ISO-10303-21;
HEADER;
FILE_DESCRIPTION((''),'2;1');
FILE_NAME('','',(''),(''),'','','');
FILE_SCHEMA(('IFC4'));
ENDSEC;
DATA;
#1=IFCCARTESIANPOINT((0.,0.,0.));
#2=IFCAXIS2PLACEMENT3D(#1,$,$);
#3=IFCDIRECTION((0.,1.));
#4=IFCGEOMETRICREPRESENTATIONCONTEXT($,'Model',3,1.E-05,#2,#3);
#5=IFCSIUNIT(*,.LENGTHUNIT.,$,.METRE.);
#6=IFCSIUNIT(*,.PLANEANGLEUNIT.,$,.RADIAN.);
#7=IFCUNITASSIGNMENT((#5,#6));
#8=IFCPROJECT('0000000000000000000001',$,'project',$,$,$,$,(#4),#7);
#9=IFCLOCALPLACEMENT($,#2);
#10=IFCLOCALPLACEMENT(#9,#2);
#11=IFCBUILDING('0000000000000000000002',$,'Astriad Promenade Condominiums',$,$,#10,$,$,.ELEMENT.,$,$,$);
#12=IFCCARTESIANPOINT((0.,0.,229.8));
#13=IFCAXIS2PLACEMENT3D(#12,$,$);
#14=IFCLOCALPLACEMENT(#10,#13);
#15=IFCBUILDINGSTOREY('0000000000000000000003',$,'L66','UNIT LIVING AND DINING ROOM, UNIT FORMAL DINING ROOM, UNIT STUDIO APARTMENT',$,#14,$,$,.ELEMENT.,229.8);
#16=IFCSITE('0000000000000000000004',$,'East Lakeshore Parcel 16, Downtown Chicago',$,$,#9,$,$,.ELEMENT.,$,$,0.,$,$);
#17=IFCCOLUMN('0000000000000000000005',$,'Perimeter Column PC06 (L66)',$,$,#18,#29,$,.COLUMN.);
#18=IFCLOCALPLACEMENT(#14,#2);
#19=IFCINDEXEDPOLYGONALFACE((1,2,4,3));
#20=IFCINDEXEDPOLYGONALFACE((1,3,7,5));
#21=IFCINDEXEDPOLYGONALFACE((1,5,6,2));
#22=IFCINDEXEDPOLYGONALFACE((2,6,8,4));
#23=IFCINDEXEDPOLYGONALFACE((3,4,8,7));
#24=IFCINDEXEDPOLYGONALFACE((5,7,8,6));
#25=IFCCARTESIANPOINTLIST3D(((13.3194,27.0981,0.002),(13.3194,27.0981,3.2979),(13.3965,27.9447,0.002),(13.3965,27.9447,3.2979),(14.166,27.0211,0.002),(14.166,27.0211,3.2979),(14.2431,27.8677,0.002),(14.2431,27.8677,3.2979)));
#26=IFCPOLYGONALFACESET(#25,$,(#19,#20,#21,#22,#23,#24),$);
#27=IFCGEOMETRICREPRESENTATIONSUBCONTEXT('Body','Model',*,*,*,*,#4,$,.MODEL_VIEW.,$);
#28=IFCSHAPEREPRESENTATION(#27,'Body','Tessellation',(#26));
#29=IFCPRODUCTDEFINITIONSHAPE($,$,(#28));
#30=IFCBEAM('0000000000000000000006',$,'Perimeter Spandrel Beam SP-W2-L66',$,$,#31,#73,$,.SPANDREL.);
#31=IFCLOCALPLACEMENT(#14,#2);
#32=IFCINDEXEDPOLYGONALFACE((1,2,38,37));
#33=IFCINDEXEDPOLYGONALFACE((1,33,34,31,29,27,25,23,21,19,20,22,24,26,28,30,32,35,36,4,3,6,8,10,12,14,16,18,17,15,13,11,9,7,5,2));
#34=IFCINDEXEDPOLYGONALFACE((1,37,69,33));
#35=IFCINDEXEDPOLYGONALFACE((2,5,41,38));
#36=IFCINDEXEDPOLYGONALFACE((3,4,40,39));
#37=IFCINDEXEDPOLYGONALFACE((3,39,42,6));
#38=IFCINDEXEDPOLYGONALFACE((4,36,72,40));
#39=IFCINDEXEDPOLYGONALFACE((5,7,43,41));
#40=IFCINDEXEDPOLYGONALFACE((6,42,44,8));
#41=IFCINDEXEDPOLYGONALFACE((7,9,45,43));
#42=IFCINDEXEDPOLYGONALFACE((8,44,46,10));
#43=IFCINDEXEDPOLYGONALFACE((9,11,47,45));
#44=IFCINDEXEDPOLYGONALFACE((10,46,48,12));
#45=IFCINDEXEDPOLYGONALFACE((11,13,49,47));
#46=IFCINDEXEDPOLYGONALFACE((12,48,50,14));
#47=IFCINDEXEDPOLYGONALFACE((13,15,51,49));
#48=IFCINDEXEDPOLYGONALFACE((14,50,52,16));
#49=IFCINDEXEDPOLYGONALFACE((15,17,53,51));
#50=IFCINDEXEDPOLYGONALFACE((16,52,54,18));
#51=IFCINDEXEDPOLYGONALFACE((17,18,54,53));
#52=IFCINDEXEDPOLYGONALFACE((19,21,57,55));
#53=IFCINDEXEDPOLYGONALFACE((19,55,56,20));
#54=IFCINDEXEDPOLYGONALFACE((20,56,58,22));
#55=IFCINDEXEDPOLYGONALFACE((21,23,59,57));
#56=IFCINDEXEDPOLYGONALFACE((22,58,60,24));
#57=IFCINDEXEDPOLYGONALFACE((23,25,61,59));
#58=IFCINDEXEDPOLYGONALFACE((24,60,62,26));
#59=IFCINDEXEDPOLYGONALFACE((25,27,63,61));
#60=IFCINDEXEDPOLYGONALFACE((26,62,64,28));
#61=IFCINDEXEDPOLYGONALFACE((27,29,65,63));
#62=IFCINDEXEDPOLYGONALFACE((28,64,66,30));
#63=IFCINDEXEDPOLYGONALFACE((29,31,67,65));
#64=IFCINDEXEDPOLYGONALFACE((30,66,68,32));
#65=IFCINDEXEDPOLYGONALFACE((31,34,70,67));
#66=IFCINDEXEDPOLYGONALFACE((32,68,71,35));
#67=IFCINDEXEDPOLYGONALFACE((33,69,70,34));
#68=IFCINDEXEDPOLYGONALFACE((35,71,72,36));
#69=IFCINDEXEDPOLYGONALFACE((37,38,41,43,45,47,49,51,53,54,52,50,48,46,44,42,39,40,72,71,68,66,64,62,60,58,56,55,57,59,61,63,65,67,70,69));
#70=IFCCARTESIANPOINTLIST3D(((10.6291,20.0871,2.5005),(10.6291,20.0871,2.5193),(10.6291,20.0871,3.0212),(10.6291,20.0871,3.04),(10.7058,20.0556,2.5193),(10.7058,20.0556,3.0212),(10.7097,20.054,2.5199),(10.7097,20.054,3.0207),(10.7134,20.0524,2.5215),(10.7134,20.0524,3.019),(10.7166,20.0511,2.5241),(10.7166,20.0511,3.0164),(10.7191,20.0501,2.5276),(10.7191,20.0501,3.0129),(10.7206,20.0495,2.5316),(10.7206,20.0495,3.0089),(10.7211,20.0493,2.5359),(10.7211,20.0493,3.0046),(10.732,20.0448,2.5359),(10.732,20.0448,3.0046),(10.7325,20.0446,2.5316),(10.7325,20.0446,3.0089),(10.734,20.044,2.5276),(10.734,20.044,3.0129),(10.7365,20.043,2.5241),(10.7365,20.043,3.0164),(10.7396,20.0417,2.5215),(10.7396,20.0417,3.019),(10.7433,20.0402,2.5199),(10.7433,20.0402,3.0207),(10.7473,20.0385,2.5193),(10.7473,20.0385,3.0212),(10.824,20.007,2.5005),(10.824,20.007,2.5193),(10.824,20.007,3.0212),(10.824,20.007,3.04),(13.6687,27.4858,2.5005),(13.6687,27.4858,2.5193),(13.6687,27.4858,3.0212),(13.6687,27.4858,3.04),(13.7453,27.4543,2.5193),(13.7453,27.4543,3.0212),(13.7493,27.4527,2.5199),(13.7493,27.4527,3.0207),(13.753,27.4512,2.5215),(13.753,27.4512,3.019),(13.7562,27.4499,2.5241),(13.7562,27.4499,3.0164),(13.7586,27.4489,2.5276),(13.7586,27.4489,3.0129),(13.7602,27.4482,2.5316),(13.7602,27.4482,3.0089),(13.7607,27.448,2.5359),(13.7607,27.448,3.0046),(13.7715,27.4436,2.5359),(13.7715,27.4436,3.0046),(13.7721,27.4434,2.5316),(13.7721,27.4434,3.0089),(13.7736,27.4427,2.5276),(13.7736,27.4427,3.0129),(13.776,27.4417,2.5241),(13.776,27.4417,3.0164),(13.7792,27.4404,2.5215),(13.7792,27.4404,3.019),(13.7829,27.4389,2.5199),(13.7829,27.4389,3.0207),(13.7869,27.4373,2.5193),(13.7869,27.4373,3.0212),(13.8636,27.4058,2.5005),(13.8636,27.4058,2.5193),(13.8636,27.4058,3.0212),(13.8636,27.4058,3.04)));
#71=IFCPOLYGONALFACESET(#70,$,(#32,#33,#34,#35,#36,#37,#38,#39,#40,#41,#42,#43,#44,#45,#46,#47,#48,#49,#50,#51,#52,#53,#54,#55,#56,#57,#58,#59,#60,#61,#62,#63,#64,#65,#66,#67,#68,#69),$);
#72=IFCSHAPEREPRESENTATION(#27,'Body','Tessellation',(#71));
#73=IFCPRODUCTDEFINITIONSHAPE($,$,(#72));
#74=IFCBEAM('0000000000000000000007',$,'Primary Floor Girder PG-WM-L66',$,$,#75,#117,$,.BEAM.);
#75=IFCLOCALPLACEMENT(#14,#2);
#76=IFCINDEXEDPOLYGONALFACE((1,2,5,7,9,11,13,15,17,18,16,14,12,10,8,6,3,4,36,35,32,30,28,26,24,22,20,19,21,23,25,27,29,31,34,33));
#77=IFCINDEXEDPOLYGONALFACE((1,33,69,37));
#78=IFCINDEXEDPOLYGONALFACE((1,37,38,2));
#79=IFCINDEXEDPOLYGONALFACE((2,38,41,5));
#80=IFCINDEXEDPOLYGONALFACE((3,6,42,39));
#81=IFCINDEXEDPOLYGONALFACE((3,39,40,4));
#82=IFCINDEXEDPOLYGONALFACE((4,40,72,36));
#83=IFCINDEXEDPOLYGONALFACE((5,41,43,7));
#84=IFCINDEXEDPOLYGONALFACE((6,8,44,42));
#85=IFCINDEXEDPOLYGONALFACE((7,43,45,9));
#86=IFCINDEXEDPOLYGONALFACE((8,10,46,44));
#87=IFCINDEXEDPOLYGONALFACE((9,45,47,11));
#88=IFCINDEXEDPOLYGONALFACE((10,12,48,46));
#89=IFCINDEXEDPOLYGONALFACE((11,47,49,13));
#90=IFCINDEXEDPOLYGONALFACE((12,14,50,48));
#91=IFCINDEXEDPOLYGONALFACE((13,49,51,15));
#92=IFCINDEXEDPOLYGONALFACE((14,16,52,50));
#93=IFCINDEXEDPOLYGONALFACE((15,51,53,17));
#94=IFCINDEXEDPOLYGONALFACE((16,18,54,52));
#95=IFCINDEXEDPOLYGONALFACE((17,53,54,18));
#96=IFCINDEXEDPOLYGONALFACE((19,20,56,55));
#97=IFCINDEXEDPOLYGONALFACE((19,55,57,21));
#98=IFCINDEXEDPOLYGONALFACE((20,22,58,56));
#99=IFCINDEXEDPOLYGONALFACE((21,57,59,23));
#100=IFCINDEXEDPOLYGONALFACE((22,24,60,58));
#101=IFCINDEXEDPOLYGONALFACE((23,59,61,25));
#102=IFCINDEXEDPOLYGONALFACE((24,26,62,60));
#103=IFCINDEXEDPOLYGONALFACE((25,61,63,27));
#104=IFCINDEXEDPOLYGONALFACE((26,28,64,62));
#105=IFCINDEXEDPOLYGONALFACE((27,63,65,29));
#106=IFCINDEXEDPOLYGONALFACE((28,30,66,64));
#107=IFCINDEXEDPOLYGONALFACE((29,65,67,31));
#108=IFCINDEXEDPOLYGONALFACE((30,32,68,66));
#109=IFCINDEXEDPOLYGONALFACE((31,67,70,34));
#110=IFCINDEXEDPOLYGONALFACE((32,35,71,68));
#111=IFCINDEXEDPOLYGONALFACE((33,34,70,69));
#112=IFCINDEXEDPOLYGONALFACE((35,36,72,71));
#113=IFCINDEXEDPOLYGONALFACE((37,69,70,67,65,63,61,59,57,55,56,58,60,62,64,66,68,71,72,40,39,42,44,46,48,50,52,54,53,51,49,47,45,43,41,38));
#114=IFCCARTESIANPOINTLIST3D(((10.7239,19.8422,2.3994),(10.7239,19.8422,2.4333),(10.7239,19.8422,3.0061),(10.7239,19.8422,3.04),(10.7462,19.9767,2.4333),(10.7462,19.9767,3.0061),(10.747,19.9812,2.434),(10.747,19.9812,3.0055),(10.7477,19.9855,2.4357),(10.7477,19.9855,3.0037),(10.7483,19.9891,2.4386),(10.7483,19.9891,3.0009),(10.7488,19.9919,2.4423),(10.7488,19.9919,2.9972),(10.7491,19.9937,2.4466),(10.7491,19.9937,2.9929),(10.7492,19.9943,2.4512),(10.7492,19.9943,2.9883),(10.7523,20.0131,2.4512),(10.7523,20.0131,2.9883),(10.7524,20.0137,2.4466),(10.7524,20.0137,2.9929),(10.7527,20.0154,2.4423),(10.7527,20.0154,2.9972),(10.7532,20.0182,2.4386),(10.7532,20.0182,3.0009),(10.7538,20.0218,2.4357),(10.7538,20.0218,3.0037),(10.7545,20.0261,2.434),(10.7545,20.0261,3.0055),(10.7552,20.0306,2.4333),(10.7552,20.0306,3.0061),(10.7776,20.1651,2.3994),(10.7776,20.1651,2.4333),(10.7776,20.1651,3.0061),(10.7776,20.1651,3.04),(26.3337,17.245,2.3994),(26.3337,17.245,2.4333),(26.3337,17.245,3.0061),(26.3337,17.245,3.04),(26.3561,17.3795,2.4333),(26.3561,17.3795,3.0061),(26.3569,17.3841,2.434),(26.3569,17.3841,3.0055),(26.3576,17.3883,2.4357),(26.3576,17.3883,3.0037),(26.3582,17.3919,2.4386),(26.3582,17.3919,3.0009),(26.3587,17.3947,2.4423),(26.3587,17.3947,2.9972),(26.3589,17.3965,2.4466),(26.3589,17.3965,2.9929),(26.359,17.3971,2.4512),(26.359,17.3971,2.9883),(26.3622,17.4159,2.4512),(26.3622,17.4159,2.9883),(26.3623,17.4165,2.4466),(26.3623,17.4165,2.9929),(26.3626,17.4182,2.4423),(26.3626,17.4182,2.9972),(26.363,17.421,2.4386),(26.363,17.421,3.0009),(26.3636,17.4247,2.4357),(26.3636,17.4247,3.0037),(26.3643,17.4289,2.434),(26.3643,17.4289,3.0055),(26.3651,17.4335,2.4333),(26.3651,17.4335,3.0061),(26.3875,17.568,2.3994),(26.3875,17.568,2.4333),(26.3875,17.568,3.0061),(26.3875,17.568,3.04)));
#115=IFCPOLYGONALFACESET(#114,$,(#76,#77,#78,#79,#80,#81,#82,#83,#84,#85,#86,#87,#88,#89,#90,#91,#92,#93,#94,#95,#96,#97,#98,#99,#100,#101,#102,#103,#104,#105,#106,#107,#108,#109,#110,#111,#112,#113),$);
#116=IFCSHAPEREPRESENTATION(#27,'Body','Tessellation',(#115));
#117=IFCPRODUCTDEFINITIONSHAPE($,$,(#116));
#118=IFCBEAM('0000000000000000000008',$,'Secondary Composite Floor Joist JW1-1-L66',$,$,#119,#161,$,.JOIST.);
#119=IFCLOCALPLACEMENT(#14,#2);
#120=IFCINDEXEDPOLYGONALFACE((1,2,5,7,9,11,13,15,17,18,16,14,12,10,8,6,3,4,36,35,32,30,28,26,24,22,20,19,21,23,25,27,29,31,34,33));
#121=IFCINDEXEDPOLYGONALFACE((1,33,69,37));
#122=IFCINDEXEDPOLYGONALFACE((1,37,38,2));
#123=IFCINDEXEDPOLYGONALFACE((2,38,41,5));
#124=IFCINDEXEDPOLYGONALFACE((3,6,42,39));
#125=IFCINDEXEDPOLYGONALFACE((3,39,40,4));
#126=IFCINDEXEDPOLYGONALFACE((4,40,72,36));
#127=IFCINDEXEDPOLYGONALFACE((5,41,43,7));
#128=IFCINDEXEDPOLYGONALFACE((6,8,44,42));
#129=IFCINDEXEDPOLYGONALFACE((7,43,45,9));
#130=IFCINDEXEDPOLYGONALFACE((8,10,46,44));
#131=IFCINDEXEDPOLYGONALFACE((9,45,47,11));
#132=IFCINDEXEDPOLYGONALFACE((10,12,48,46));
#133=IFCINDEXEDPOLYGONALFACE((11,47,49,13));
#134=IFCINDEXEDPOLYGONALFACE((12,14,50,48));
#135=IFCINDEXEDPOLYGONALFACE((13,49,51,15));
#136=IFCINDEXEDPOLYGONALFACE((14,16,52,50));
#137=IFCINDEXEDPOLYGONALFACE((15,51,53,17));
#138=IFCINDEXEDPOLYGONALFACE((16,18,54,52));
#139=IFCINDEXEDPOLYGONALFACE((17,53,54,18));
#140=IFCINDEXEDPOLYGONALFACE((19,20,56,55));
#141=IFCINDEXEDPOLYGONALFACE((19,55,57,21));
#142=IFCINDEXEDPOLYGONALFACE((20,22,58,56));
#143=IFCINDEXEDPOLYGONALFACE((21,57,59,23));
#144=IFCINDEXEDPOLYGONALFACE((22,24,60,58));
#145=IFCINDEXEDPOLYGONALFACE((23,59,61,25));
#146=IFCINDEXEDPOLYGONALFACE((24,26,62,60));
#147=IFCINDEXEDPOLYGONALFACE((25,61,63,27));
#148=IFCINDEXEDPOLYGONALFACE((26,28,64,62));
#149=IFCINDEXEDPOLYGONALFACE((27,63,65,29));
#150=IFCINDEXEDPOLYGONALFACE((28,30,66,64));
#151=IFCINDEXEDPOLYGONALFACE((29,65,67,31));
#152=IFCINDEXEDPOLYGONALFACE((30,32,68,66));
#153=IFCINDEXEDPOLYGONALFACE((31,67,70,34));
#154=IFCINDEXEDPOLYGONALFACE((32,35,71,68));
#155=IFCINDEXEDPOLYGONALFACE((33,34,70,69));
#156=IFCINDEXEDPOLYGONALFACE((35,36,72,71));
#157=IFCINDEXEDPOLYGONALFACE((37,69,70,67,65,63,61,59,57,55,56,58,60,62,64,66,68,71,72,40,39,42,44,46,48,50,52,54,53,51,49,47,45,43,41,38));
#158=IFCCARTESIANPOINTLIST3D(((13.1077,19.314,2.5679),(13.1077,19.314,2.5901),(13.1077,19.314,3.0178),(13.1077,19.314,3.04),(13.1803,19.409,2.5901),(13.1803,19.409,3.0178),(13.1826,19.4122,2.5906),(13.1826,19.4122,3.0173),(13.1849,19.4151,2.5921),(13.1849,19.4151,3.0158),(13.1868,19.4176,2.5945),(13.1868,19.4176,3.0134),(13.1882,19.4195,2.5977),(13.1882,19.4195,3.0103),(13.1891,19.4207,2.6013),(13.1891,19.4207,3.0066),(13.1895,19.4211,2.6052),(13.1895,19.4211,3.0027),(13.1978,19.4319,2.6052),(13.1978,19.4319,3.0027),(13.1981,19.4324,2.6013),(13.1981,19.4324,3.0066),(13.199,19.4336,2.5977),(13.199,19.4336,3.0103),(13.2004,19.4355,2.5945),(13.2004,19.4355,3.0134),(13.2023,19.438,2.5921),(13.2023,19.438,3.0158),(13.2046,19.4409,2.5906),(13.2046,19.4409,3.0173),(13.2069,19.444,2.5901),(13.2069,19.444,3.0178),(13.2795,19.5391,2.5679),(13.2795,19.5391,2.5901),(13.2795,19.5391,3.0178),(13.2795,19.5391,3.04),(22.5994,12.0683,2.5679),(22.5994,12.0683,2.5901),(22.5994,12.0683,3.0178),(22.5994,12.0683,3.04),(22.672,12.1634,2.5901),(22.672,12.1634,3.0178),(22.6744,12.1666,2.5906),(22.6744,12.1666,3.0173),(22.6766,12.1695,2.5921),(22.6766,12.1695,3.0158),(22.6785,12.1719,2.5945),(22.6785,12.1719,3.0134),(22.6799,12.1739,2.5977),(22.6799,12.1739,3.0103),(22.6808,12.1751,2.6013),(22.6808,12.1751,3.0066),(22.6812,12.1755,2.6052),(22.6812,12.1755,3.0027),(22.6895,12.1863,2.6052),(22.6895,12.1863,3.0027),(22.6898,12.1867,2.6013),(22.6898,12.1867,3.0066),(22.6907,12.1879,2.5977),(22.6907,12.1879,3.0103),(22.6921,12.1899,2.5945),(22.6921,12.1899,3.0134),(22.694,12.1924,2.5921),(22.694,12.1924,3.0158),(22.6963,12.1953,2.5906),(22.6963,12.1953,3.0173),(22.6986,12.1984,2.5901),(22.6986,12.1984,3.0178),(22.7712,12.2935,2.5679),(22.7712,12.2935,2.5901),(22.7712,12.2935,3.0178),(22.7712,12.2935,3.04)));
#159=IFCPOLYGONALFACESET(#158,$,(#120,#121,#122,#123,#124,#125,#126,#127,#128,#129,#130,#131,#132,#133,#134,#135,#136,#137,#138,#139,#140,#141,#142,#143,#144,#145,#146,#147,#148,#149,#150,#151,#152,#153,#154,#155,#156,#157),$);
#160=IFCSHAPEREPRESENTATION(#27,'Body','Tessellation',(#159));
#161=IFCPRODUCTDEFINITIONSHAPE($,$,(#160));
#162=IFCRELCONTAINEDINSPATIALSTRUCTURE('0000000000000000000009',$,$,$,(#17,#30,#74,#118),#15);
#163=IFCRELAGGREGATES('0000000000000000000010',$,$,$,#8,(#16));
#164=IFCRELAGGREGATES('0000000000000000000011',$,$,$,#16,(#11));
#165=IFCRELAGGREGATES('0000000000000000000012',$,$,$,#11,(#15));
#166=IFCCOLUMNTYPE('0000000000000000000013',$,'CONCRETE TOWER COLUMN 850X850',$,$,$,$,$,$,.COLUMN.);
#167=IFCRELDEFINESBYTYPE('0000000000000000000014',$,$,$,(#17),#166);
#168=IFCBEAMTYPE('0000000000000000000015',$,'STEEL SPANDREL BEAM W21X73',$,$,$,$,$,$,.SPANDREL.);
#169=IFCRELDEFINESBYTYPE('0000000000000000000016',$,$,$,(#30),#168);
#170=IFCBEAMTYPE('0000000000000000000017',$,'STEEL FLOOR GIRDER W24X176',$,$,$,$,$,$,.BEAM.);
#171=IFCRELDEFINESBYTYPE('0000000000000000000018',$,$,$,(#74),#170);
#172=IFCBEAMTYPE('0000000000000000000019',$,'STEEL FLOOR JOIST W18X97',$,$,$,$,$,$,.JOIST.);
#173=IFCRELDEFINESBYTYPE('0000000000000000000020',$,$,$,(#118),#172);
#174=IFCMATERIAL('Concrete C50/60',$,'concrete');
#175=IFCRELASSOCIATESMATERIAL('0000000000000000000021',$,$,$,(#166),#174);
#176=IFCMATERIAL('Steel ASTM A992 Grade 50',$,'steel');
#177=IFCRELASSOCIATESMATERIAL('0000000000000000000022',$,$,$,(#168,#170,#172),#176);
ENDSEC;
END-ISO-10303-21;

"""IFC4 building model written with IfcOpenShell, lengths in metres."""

from ifc_helpers import new_model, si_unit, direction, frame, origin, origin_2d, place, context, subcontext, project, spatial, rectangle, i_section, extrude, source, transform, mapped, material, material_profile, profile_set, type_object, type_shapes, element, save


model = new_model("IFC4")

# Units and contexts
model_context = context("Model", 3, precision=1e-05, world=origin(), true_north=direction((0.0, 1.0)))
body_context = subcontext(model_context, "Body", "Model", "MODEL_VIEW")
ifc_project = project(units=[si_unit("LENGTHUNIT", "METRE"), si_unit("PLANEANGLEUNIT", "RADIAN")], contexts=[model_context])

# Site, building, storey
site_placement = place(None, origin())
site = spatial("IfcSite", under=ifc_project, at=site_placement, Name="East Lakeshore Parcel 16, Downtown Chicago", CompositionType="ELEMENT", RefElevation=0.0)
building_placement = place(site_placement, origin())
building = spatial("IfcBuilding", under=site, at=building_placement, Name="Astriad Promenade Condominiums", CompositionType="ELEMENT")
storey_placement = place(building_placement, frame((0.0, 0.0, 229.8)))
storey = spatial("IfcBuildingStorey", under=building, at=storey_placement, Name="L66", Description="UNIT LIVING AND DINING ROOM, UNIT FORMAL DINING ROOM, UNIT STUDIO APARTMENT", CompositionType="ELEMENT", Elevation=229.8)

# Column
ifc_material_1 = material(Name="Concrete C50/60", Category="concrete")
ifc_material_profile_1 = material_profile(ifc_material_1, rectangle(XDim=0.8501, YDim=0.8501, at=origin_2d()), Name="RC-COL-850X850")
ifc_profile_set_1 = profile_set([ifc_material_profile_1], Name="Concrete C50/60")
column_type = type_object("IfcColumnType", Name="CONCRETE TOWER COLUMN 850X850", PredefinedType="COLUMN", material=ifc_profile_set_1)
shared_shape_1 = source(origin(), body_context, "Body", "SweptSolid", [
    extrude(rectangle(XDim=0.8501, YDim=0.8501, at=origin_2d()), origin(), (0.0, 0.0, 1.0), 3.2959),
])
type_shapes(column_type, [shared_shape_1])
column_placement = place(storey_placement, frame((13.7812, 27.4829, 0.002), z_axis=(0.0, 0.0, 1.0), x_axis=(0.995884, -0.090633, 0.0)))
element("IfcColumn", 1, at=column_placement, inside=storey, type_object=column_type, Name="Perimeter Column PC06 (L66)", PredefinedType="COLUMN", context=body_context, shape_type="MappedRepresentation", body=[
    mapped(shared_shape_1, transform((0.0, 0.0, 0.0), scale=1.0)),
])

# Beams
ifc_material_2 = material(Name="Steel ASTM A992 Grade 50", Category="steel")
ifc_material_profile_2 = material_profile(ifc_material_2, i_section(OverallWidth=0.2107, OverallDepth=0.5396, WebThickness=0.0117, FlangeThickness=0.0188, FilletRadius=0.0166, at=origin_2d()), Name="W21X73")
ifc_profile_set_2 = profile_set([ifc_material_profile_2], Name="Steel ASTM A992 Grade 50")
beam_type_1 = type_object("IfcBeamType", Name="STEEL SPANDREL BEAM W21X73", PredefinedType="SPANDREL", material=ifc_profile_set_2)
shared_shape_2 = source(origin(), body_context, "Body", "SweptSolid", [
    extrude(i_section(OverallWidth=0.2107, OverallDepth=0.5396, WebThickness=0.0117, FlangeThickness=0.0188, FilletRadius=0.0166, at=origin_2d()), origin(), (0.0, 0.0, 1.0), 7.9988),
])
type_shapes(beam_type_1, [shared_shape_2])
beam_1_placement = place(storey_placement, frame((13.7661, 27.4458, 2.7703), z_axis=(-0.380005, -0.924984, 0.0), x_axis=(0.924984, -0.380005, 0.0)))
element("IfcBeam", 2, at=beam_1_placement, inside=storey, type_object=beam_type_1, Name="Perimeter Spandrel Beam SP-W2-L66", PredefinedType="SPANDREL", context=body_context, shape_type="MappedRepresentation", body=[
    mapped(shared_shape_2, transform((0.0, 0.0, 0.0), scale=1.0)),
])
ifc_material_profile_3 = material_profile(ifc_material_2, i_section(OverallWidth=0.3274, OverallDepth=0.6406, WebThickness=0.019, FlangeThickness=0.0339, FilletRadius=0.0178, at=origin_2d()), Name="W24X176")
ifc_profile_set_3 = profile_set([ifc_material_profile_3], Name="Steel ASTM A992 Grade 50")
beam_type_2 = type_object("IfcBeamType", Name="STEEL FLOOR GIRDER W24X176", PredefinedType="BEAM", material=ifc_profile_set_3)
shared_shape_3 = source(origin(), body_context, "Body", "SweptSolid", [
    extrude(i_section(OverallWidth=0.3274, OverallDepth=0.6406, WebThickness=0.019, FlangeThickness=0.0339, FilletRadius=0.0178, at=origin_2d()), origin(), (0.0, 0.0, 1.0), 15.8245),
])
type_shapes(beam_type_2, [shared_shape_3])
beam_2_placement = place(storey_placement, frame((10.7507, 20.0037, 2.7197), z_axis=(0.98644, -0.164124, 0.0), x_axis=(0.164124, 0.98644, 0.0)))
element("IfcBeam", 3, at=beam_2_placement, inside=storey, type_object=beam_type_2, Name="Primary Floor Girder PG-WM-L66", PredefinedType="BEAM", context=body_context, shape_type="MappedRepresentation", body=[
    mapped(shared_shape_3, transform((0.0, 0.0, 0.0), scale=1.0)),
])
ifc_material_profile_4 = material_profile(ifc_material_2, i_section(OverallWidth=0.2832, OverallDepth=0.4722, WebThickness=0.0137, FlangeThickness=0.0222, FilletRadius=0.0151, at=origin_2d()), Name="W18X97")
ifc_profile_set_4 = profile_set([ifc_material_profile_4], Name="Steel ASTM A992 Grade 50")
beam_type_3 = type_object("IfcBeamType", Name="STEEL FLOOR JOIST W18X97", PredefinedType="JOIST", material=ifc_profile_set_4)
shared_shape_4 = source(origin(), body_context, "Body", "SweptSolid", [
    extrude(i_section(OverallWidth=0.2832, OverallDepth=0.4722, WebThickness=0.0137, FlangeThickness=0.0222, FilletRadius=0.0151, at=origin_2d()), origin(), (0.0, 0.0, 1.0), 11.9412),
])
beam_3_placement = place(storey_placement, frame((13.1936, 19.4265, 2.804), z_axis=(0.794873, -0.606776, 0.0), x_axis=(0.606776, 0.794873, 0.0)))
element("IfcBeam", 4, at=beam_3_placement, inside=storey, type_object=beam_type_3, Name="Secondary Composite Floor Joist JW1-1-L66", PredefinedType="JOIST", context=body_context, shape_type="MappedRepresentation", body=[
    mapped(shared_shape_4, transform((0.0, 0.0, 0.0), scale=1.0)),
])

save(model, "model.ifc")
